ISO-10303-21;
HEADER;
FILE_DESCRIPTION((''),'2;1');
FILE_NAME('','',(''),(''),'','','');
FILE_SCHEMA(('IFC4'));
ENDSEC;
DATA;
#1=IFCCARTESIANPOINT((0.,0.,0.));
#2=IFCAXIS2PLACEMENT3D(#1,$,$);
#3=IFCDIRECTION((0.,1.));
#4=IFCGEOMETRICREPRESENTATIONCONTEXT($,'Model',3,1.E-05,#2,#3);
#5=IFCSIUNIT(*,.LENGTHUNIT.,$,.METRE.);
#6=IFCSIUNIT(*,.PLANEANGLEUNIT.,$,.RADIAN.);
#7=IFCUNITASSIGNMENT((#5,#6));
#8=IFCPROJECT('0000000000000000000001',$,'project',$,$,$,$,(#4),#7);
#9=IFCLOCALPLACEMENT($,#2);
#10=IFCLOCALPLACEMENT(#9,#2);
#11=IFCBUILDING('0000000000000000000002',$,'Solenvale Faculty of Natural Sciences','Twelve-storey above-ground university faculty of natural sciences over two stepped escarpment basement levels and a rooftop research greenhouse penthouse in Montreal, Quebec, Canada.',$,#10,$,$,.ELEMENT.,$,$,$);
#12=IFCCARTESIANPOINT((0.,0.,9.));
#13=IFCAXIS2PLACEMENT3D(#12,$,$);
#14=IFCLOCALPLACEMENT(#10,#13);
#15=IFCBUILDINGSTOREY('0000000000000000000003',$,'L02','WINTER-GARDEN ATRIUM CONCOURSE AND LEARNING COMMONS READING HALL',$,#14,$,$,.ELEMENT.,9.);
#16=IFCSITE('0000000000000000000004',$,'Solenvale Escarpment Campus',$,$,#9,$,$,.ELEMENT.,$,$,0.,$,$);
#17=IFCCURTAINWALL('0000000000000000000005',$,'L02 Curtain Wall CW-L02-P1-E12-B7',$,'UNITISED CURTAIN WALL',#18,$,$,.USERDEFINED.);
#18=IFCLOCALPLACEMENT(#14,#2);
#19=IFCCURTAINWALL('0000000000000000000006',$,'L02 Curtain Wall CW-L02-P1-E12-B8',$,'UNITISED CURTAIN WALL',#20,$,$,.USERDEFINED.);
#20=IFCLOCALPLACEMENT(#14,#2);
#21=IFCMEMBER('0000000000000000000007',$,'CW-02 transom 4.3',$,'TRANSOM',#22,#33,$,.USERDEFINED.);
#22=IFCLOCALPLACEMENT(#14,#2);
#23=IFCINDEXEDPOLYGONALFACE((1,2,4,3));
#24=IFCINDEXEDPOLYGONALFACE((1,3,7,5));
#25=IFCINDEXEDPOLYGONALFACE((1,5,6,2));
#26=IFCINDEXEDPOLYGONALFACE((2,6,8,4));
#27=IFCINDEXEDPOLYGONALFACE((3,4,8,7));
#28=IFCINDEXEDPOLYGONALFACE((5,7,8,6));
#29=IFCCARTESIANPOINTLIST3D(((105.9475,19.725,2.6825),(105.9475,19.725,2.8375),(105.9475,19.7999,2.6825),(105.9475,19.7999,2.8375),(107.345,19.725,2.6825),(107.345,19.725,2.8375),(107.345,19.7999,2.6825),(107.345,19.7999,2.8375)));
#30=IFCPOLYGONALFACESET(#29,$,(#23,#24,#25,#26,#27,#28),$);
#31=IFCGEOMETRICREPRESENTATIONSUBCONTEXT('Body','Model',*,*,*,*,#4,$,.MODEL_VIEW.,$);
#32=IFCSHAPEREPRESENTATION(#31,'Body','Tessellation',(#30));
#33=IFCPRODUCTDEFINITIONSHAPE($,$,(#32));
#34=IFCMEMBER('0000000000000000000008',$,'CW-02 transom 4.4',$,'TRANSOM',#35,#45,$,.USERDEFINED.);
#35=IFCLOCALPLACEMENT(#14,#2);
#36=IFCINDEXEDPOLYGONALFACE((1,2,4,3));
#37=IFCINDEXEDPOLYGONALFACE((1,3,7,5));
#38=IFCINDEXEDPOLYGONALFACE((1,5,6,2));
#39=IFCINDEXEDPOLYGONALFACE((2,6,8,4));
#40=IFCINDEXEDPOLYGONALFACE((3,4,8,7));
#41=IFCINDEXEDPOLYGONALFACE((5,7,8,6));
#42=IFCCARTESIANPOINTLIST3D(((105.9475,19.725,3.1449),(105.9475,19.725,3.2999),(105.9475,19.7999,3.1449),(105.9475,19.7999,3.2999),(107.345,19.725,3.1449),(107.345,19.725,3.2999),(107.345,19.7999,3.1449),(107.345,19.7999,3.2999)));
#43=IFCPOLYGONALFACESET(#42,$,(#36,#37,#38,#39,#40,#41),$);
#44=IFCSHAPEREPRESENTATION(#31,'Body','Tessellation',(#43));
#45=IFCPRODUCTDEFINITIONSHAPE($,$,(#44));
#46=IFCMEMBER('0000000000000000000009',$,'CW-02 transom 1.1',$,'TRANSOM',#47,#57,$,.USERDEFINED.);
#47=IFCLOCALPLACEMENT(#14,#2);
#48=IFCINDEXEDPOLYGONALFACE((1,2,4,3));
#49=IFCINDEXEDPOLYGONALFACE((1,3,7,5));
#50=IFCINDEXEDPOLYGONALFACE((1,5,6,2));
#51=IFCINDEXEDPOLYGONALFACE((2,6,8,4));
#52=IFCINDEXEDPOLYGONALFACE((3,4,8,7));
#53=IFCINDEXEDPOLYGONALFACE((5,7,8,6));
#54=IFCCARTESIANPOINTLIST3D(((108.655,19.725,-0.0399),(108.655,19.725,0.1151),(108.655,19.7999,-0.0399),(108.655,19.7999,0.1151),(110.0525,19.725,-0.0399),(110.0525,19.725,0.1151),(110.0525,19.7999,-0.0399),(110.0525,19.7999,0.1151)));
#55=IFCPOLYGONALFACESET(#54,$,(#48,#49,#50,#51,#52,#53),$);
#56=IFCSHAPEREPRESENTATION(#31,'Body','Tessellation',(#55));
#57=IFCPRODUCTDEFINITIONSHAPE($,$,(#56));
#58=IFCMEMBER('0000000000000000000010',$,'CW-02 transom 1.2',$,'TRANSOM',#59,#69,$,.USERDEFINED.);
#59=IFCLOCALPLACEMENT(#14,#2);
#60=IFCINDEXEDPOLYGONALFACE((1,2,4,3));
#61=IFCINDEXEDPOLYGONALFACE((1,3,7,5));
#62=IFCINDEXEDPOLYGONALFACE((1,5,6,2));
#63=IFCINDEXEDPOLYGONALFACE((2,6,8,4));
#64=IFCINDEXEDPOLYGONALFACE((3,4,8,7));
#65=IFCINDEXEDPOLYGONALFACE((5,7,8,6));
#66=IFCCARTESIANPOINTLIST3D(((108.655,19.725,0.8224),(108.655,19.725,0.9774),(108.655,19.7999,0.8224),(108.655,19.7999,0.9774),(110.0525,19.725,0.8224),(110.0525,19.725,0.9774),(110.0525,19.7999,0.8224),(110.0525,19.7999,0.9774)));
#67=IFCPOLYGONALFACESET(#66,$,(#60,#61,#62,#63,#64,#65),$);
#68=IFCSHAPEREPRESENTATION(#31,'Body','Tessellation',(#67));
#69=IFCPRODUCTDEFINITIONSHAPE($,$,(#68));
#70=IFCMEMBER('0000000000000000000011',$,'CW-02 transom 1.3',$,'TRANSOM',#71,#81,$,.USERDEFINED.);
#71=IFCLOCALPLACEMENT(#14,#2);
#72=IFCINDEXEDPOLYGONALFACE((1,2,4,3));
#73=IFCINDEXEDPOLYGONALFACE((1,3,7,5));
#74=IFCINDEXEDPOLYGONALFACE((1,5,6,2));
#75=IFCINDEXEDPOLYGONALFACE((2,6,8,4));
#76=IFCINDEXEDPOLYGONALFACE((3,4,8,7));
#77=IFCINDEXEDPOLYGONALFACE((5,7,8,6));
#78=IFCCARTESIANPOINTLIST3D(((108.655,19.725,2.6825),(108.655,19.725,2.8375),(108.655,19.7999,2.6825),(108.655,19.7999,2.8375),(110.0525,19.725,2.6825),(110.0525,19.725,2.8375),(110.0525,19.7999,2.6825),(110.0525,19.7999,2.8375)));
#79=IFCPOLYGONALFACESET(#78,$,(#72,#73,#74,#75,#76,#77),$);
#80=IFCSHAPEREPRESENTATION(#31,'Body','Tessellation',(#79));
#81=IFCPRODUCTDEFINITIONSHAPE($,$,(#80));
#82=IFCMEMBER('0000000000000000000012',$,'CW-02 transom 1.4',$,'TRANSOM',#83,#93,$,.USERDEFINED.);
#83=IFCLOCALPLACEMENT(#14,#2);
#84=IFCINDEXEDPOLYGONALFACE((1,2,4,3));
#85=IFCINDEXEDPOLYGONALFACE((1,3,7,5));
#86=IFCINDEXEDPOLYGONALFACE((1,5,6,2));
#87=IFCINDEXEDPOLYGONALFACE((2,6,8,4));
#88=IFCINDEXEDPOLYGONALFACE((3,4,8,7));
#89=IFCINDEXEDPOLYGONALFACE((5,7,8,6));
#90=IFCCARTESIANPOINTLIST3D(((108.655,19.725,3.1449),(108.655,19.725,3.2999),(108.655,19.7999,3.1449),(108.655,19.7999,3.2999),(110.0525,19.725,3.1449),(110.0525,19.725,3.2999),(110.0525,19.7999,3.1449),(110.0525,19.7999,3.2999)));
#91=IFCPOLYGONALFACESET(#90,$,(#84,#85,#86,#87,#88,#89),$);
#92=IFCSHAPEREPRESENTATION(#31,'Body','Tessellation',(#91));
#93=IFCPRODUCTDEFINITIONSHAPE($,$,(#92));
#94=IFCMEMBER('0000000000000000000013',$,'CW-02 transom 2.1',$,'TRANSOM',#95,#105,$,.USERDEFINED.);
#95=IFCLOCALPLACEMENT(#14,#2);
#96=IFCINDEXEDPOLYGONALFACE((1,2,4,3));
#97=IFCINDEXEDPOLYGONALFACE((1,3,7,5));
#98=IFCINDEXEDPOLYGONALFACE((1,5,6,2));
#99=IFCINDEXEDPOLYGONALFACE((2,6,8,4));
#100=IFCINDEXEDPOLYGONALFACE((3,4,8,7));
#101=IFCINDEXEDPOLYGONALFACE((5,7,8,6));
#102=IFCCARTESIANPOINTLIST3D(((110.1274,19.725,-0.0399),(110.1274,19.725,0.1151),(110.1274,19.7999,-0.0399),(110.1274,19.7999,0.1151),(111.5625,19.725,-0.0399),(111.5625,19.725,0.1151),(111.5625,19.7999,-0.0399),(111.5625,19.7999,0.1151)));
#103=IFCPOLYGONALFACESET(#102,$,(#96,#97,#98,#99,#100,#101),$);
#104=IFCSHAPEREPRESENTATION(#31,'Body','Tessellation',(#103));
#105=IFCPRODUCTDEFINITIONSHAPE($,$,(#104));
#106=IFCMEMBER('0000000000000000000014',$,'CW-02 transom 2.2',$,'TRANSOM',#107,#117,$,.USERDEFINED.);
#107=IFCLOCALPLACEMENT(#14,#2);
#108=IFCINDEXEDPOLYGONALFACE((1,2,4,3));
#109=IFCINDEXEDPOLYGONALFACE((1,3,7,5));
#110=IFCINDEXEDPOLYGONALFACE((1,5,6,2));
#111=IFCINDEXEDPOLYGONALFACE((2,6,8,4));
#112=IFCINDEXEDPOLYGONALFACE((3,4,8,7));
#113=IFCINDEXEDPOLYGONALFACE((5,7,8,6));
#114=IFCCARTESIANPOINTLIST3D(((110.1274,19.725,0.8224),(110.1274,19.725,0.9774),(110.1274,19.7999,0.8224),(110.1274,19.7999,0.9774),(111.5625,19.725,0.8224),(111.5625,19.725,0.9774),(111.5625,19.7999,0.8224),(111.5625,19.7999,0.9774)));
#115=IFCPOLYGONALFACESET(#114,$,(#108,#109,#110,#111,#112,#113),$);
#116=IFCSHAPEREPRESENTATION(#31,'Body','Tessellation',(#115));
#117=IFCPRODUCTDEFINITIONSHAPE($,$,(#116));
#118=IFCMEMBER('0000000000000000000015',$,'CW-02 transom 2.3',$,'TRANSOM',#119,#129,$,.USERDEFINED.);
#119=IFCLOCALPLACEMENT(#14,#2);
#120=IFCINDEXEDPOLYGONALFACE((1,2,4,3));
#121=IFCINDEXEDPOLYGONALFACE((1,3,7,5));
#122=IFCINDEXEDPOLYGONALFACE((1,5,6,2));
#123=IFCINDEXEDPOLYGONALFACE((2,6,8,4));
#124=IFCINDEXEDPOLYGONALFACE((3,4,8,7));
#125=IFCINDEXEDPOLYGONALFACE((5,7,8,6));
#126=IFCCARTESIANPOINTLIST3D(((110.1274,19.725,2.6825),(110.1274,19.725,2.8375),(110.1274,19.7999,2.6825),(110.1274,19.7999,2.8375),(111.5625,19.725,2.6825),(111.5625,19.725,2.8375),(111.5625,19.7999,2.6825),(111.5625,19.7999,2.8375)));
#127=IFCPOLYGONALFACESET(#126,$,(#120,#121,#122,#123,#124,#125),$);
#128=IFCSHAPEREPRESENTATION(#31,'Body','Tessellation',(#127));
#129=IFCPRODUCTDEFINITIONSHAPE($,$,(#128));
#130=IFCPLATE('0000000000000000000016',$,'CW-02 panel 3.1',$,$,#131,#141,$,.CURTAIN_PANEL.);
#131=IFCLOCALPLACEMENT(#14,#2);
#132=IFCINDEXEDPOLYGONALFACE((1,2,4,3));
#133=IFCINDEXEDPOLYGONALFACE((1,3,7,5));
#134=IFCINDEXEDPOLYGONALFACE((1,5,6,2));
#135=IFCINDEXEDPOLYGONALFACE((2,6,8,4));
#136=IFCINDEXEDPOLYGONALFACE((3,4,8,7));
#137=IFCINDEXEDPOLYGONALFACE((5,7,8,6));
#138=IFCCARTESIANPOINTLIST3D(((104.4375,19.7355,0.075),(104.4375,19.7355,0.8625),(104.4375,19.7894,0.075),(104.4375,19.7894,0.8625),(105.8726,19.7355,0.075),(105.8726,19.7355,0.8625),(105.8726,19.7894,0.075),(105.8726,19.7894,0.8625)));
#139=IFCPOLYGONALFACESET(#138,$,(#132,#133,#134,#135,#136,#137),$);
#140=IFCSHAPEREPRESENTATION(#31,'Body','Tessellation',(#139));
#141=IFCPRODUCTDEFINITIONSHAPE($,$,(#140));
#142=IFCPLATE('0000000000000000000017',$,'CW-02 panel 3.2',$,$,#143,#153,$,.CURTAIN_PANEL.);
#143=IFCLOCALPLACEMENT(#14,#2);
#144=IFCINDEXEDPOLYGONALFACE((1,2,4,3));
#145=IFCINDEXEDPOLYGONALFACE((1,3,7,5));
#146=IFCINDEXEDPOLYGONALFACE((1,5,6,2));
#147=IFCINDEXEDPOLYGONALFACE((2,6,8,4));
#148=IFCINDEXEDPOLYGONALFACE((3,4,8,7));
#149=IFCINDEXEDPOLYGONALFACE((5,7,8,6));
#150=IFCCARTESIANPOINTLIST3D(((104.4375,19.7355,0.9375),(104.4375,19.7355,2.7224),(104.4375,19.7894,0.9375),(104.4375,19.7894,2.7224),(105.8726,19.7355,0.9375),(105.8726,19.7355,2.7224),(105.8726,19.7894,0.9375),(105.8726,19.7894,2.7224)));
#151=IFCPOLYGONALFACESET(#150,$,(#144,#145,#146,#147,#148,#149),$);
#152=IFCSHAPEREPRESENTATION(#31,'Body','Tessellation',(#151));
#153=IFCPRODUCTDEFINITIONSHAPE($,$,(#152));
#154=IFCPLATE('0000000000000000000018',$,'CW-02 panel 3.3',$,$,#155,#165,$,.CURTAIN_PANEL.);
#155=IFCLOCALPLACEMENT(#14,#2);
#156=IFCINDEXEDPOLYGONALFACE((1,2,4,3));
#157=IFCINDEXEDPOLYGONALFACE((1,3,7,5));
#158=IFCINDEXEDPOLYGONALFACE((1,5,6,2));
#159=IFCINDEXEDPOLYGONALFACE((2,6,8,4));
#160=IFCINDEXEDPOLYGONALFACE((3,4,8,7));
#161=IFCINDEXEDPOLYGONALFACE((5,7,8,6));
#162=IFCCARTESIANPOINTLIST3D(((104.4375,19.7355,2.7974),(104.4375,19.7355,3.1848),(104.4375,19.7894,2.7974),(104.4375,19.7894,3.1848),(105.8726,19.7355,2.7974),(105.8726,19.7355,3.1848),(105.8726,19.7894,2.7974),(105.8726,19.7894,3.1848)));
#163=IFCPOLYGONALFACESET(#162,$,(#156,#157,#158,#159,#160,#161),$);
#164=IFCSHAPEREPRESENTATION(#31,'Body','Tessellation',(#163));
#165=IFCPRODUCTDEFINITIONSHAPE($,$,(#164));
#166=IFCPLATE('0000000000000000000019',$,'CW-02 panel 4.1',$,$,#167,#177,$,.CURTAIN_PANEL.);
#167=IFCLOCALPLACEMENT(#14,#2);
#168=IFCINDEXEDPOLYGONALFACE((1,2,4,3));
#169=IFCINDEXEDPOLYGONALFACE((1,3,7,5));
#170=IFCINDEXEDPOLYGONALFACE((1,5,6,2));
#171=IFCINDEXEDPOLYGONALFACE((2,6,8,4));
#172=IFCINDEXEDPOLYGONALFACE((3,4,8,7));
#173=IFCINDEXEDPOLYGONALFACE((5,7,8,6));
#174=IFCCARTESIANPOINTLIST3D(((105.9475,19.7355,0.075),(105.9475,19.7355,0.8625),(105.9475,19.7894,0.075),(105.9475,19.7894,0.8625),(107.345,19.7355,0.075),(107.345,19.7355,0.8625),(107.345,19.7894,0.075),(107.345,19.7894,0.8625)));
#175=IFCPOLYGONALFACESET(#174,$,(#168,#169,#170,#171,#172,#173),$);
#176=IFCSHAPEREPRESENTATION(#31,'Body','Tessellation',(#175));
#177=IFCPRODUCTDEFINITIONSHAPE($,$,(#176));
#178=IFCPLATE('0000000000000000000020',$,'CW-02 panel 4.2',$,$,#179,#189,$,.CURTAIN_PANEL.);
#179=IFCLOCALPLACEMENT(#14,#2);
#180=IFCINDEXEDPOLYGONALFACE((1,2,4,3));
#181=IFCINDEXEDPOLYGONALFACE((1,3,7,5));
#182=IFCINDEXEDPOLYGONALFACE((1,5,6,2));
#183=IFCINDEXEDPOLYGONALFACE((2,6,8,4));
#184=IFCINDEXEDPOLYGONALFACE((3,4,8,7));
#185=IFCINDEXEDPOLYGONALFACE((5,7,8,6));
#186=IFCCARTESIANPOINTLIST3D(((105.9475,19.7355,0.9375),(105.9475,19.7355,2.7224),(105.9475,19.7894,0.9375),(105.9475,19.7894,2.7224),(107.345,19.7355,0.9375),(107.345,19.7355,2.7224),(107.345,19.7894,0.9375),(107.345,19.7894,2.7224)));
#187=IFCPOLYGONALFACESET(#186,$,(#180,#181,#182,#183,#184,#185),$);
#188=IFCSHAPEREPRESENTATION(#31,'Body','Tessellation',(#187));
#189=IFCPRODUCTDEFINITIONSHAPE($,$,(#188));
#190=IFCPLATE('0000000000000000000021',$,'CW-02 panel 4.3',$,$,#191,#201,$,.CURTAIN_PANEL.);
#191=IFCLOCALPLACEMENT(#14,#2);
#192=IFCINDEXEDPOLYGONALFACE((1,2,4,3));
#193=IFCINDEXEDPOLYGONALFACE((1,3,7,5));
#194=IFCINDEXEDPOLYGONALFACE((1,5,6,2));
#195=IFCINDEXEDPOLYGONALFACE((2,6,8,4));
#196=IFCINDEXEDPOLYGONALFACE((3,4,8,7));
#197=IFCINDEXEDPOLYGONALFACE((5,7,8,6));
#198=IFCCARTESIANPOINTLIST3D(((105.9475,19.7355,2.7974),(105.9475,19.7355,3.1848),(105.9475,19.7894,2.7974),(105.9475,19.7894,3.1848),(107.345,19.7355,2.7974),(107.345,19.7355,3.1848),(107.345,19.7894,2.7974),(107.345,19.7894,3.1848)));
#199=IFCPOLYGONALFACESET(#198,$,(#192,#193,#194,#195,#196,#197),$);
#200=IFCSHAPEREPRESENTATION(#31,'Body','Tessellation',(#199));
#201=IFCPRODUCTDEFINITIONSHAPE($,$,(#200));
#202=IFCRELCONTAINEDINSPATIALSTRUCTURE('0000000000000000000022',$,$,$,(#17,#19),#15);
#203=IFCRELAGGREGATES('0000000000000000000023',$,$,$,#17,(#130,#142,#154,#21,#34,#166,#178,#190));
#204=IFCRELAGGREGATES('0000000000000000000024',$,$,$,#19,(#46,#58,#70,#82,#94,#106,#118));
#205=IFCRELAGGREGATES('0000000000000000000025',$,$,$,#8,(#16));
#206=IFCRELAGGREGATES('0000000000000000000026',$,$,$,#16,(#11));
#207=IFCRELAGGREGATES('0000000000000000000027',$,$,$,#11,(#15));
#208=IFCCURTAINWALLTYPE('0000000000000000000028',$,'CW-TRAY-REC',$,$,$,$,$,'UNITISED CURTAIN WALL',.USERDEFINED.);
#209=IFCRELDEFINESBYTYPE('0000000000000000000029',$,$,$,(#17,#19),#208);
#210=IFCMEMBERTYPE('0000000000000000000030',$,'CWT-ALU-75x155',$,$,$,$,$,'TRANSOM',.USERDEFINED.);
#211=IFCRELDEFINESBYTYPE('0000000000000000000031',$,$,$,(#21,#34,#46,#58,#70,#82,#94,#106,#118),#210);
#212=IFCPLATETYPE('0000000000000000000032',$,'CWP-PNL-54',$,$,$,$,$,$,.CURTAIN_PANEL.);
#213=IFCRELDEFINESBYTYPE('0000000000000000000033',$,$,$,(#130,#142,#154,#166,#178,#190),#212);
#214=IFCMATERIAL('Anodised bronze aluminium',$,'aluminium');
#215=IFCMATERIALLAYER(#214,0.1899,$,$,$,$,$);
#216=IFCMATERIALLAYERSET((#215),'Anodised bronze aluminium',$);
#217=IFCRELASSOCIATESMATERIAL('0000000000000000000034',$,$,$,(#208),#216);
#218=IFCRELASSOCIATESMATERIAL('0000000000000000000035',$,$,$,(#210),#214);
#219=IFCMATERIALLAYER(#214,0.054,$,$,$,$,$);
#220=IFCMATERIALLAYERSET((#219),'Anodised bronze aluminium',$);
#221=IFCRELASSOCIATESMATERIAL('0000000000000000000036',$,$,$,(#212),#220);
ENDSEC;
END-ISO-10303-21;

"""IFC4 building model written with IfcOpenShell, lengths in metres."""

from ifc_helpers import new_model, si_unit, direction, frame, origin, origin_2d, place, context, subcontext, project, spatial, rectangle, extrude, material, layer, layer_set, material_profile, profile_set, type_object, element, aggregate, save


model = new_model("IFC4")

# Units and contexts
model_context = context("Model", 3, precision=1e-05, world=origin(), true_north=direction((0.0, 1.0)))
body_context = subcontext(model_context, "Body", "Model", "MODEL_VIEW")
ifc_project = project(units=[si_unit("LENGTHUNIT", "METRE"), si_unit("PLANEANGLEUNIT", "RADIAN")], contexts=[model_context])

# Site, building, storey
site_placement = place(None, origin())
site = spatial("IfcSite", under=ifc_project, at=site_placement, Name="Solenvale Escarpment Campus", CompositionType="ELEMENT", RefElevation=0.0)
building_placement = place(site_placement, origin())
building = spatial("IfcBuilding", under=site, at=building_placement, Name="Solenvale Faculty of Natural Sciences", Description="Twelve-storey above-ground university faculty of natural sciences over two stepped escarpment basement levels and a rooftop research greenhouse penthouse in Montreal, Quebec, Canada.", CompositionType="ELEMENT")
storey_placement = place(building_placement, frame((0.0, 0.0, 9.0)))
storey = spatial("IfcBuildingStorey", under=building, at=storey_placement, Name="L02", Description="WINTER-GARDEN ATRIUM CONCOURSE AND LEARNING COMMONS READING HALL", CompositionType="ELEMENT", Elevation=9.0)

# Curtain walls
ifc_material_1 = material(Name="Anodised bronze aluminium", Category="aluminium")
ifc_layer_1 = layer(ifc_material_1, 0.1899)
ifc_layer_set_1 = layer_set([ifc_layer_1], Name="Anodised bronze aluminium")
curtain_wall_type = type_object("IfcCurtainWallType", Name="CW-TRAY-REC", ElementType="UNITISED CURTAIN WALL", PredefinedType="USERDEFINED", material=ifc_layer_set_1)
curtain_wall_1_placement = place(storey_placement, origin())
curtain_wall_1 = element("IfcCurtainWall", 1, at=curtain_wall_1_placement, inside=storey, type_object=curtain_wall_type, Name="L02 Curtain Wall CW-L02-P1-E12-B7", ObjectType="UNITISED CURTAIN WALL", PredefinedType="USERDEFINED")
curtain_wall_2_placement = place(storey_placement, origin())
curtain_wall_2 = element("IfcCurtainWall", 2, at=curtain_wall_2_placement, inside=storey, type_object=curtain_wall_type, Name="L02 Curtain Wall CW-L02-P1-E12-B8", ObjectType="UNITISED CURTAIN WALL", PredefinedType="USERDEFINED")

# Members
ifc_material_profile_1 = material_profile(ifc_material_1, rectangle(XDim=0.075, YDim=0.155, at=origin_2d()), Name="ALU-TRN-75x155")
ifc_profile_set_1 = profile_set([ifc_material_profile_1], Name="Anodised bronze aluminium")
member_type_1 = type_object("IfcMemberType", Name="CWT-ALU-75x155", ElementType="TRANSOM", PredefinedType="USERDEFINED", material=ifc_profile_set_1)
member_1_placement = place(storey_placement, frame((105.9475, 19.7625, 2.76), z_axis=(1.0, 0.0, 0.0), x_axis=(0.0, 1.0, 0.0)))
member_1 = element("IfcMember", 3, at=member_1_placement, type_object=member_type_1, Name="CW-02 transom 4.3", ObjectType="TRANSOM", PredefinedType="USERDEFINED", context=body_context, shape_type="SweptSolid", body=[
    extrude(rectangle(XDim=0.075, YDim=0.155, at=origin_2d()), origin(), (0.0, 0.0, 1.0), 1.3975),
])
member_2_placement = place(storey_placement, frame((105.9475, 19.7625, 3.2224), z_axis=(1.0, 0.0, 0.0), x_axis=(0.0, 1.0, 0.0)))
member_2 = element("IfcMember", 4, at=member_2_placement, type_object=member_type_1, Name="CW-02 transom 4.4", ObjectType="TRANSOM", PredefinedType="USERDEFINED", context=body_context, shape_type="SweptSolid", body=[
    extrude(rectangle(XDim=0.075, YDim=0.155, at=origin_2d()), origin(), (0.0, 0.0, 1.0), 1.3975),
])
member_3_placement = place(storey_placement, frame((108.655, 19.7625, 0.0376), z_axis=(1.0, 0.0, 0.0), x_axis=(0.0, 1.0, 0.0)))
member_3 = element("IfcMember", 5, at=member_3_placement, type_object=member_type_1, Name="CW-02 transom 1.1", ObjectType="TRANSOM", PredefinedType="USERDEFINED", context=body_context, shape_type="SweptSolid", body=[
    extrude(rectangle(XDim=0.075, YDim=0.155, at=origin_2d()), origin(), (0.0, 0.0, 1.0), 1.3975),
])
member_4_placement = place(storey_placement, frame((108.655, 19.7625, 0.8999), z_axis=(1.0, 0.0, 0.0), x_axis=(0.0, 1.0, 0.0)))
member_4 = element("IfcMember", 6, at=member_4_placement, type_object=member_type_1, Name="CW-02 transom 1.2", ObjectType="TRANSOM", PredefinedType="USERDEFINED", context=body_context, shape_type="SweptSolid", body=[
    extrude(rectangle(XDim=0.075, YDim=0.155, at=origin_2d()), origin(), (0.0, 0.0, 1.0), 1.3975),
])
member_5_placement = place(storey_placement, frame((108.655, 19.7625, 2.76), z_axis=(1.0, 0.0, 0.0), x_axis=(0.0, 1.0, 0.0)))
member_5 = element("IfcMember", 7, at=member_5_placement, type_object=member_type_1, Name="CW-02 transom 1.3", ObjectType="TRANSOM", PredefinedType="USERDEFINED", context=body_context, shape_type="SweptSolid", body=[
    extrude(rectangle(XDim=0.075, YDim=0.155, at=origin_2d()), origin(), (0.0, 0.0, 1.0), 1.3975),
])
member_6_placement = place(storey_placement, frame((108.655, 19.7625, 3.2224), z_axis=(1.0, 0.0, 0.0), x_axis=(0.0, 1.0, 0.0)))
member_6 = element("IfcMember", 8, at=member_6_placement, type_object=member_type_1, Name="CW-02 transom 1.4", ObjectType="TRANSOM", PredefinedType="USERDEFINED", context=body_context, shape_type="SweptSolid", body=[
    extrude(rectangle(XDim=0.075, YDim=0.155, at=origin_2d()), origin(), (0.0, 0.0, 1.0), 1.3975),
])
member_7_placement = place(storey_placement, frame((110.1274, 19.7625, 0.0376), z_axis=(1.0, 0.0, 0.0), x_axis=(0.0, 1.0, 0.0)))
member_7 = element("IfcMember", 9, at=member_7_placement, type_object=member_type_1, Name="CW-02 transom 2.1", ObjectType="TRANSOM", PredefinedType="USERDEFINED", context=body_context, shape_type="SweptSolid", body=[
    extrude(rectangle(XDim=0.075, YDim=0.155, at=origin_2d()), origin(), (0.0, 0.0, 1.0), 1.4351),
])
member_8_placement = place(storey_placement, frame((110.1274, 19.7625, 0.8999), z_axis=(1.0, 0.0, 0.0), x_axis=(0.0, 1.0, 0.0)))
member_8 = element("IfcMember", 10, at=member_8_placement, type_object=member_type_1, Name="CW-02 transom 2.2", ObjectType="TRANSOM", PredefinedType="USERDEFINED", context=body_context, shape_type="SweptSolid", body=[
    extrude(rectangle(XDim=0.075, YDim=0.155, at=origin_2d()), origin(), (0.0, 0.0, 1.0), 1.4351),
])
member_9_placement = place(storey_placement, frame((110.1274, 19.7625, 2.76), z_axis=(1.0, 0.0, 0.0), x_axis=(0.0, 1.0, 0.0)))
member_9 = element("IfcMember", 11, at=member_9_placement, type_object=member_type_1, Name="CW-02 transom 2.3", ObjectType="TRANSOM", PredefinedType="USERDEFINED", context=body_context, shape_type="SweptSolid", body=[
    extrude(rectangle(XDim=0.075, YDim=0.155, at=origin_2d()), origin(), (0.0, 0.0, 1.0), 1.4351),
])

# Plates
ifc_layer_2 = layer(ifc_material_1, 0.054)
ifc_layer_set_2 = layer_set([ifc_layer_2], Name="Anodised bronze aluminium")
plate_type_1 = type_object("IfcPlateType", Name="CWP-PNL-54", PredefinedType="CURTAIN_PANEL", material=ifc_layer_set_2)
plate_1_placement = place(storey_placement, frame((105.155, 19.7625, 0.075), z_axis=(0.0, 0.0, 1.0), x_axis=(1.0, 0.0, 0.0)))
plate_1 = element("IfcPlate", 12, at=plate_1_placement, type_object=plate_type_1, Name="CW-02 panel 3.1", PredefinedType="CURTAIN_PANEL", context=body_context, shape_type="SweptSolid", body=[
    extrude(rectangle(XDim=1.4351, YDim=0.054, at=origin_2d()), origin(), (0.0, 0.0, 1.0), 0.7876),
])
plate_2_placement = place(storey_placement, frame((105.155, 19.7625, 0.9375), z_axis=(0.0, 0.0, 1.0), x_axis=(1.0, 0.0, 0.0)))
plate_2 = element("IfcPlate", 13, at=plate_2_placement, type_object=plate_type_1, Name="CW-02 panel 3.2", PredefinedType="CURTAIN_PANEL", context=body_context, shape_type="SweptSolid", body=[
    extrude(rectangle(XDim=1.4351, YDim=0.054, at=origin_2d()), origin(), (0.0, 0.0, 1.0), 1.7849),
])
plate_3_placement = place(storey_placement, frame((105.155, 19.7625, 2.7974), z_axis=(0.0, 0.0, 1.0), x_axis=(1.0, 0.0, 0.0)))
plate_3 = element("IfcPlate", 14, at=plate_3_placement, type_object=plate_type_1, Name="CW-02 panel 3.3", PredefinedType="CURTAIN_PANEL", context=body_context, shape_type="SweptSolid", body=[
    extrude(rectangle(XDim=1.4351, YDim=0.054, at=origin_2d()), origin(), (0.0, 0.0, 1.0), 0.3875),
])
plate_4_placement = place(storey_placement, frame((106.6462, 19.7625, 0.075), z_axis=(0.0, 0.0, 1.0), x_axis=(1.0, 0.0, 0.0)))
plate_4 = element("IfcPlate", 15, at=plate_4_placement, type_object=plate_type_1, Name="CW-02 panel 4.1", PredefinedType="CURTAIN_PANEL", context=body_context, shape_type="SweptSolid", body=[
    extrude(rectangle(XDim=1.3975, YDim=0.054, at=origin_2d()), origin(), (0.0, 0.0, 1.0), 0.7876),
])
plate_5_placement = place(storey_placement, frame((106.6462, 19.7625, 0.9375), z_axis=(0.0, 0.0, 1.0), x_axis=(1.0, 0.0, 0.0)))
plate_5 = element("IfcPlate", 16, at=plate_5_placement, type_object=plate_type_1, Name="CW-02 panel 4.2", PredefinedType="CURTAIN_PANEL", context=body_context, shape_type="SweptSolid", body=[
    extrude(rectangle(XDim=1.3975, YDim=0.054, at=origin_2d()), origin(), (0.0, 0.0, 1.0), 1.7849),
])
plate_6_placement = place(storey_placement, frame((106.6462, 19.7625, 2.7974), z_axis=(0.0, 0.0, 1.0), x_axis=(1.0, 0.0, 0.0)))
plate_6 = element("IfcPlate", 17, at=plate_6_placement, type_object=plate_type_1, Name="CW-02 panel 4.3", PredefinedType="CURTAIN_PANEL", context=body_context, shape_type="SweptSolid", body=[
    extrude(rectangle(XDim=1.3975, YDim=0.054, at=origin_2d()), origin(), (0.0, 0.0, 1.0), 0.3875),
])
aggregate(curtain_wall_1, [plate_1, plate_2, plate_3, member_1, member_2, plate_4, plate_5, plate_6])
aggregate(curtain_wall_2, [member_3, member_4, member_5, member_6, member_7, member_8, member_9])

save(model, "model.ifc")
